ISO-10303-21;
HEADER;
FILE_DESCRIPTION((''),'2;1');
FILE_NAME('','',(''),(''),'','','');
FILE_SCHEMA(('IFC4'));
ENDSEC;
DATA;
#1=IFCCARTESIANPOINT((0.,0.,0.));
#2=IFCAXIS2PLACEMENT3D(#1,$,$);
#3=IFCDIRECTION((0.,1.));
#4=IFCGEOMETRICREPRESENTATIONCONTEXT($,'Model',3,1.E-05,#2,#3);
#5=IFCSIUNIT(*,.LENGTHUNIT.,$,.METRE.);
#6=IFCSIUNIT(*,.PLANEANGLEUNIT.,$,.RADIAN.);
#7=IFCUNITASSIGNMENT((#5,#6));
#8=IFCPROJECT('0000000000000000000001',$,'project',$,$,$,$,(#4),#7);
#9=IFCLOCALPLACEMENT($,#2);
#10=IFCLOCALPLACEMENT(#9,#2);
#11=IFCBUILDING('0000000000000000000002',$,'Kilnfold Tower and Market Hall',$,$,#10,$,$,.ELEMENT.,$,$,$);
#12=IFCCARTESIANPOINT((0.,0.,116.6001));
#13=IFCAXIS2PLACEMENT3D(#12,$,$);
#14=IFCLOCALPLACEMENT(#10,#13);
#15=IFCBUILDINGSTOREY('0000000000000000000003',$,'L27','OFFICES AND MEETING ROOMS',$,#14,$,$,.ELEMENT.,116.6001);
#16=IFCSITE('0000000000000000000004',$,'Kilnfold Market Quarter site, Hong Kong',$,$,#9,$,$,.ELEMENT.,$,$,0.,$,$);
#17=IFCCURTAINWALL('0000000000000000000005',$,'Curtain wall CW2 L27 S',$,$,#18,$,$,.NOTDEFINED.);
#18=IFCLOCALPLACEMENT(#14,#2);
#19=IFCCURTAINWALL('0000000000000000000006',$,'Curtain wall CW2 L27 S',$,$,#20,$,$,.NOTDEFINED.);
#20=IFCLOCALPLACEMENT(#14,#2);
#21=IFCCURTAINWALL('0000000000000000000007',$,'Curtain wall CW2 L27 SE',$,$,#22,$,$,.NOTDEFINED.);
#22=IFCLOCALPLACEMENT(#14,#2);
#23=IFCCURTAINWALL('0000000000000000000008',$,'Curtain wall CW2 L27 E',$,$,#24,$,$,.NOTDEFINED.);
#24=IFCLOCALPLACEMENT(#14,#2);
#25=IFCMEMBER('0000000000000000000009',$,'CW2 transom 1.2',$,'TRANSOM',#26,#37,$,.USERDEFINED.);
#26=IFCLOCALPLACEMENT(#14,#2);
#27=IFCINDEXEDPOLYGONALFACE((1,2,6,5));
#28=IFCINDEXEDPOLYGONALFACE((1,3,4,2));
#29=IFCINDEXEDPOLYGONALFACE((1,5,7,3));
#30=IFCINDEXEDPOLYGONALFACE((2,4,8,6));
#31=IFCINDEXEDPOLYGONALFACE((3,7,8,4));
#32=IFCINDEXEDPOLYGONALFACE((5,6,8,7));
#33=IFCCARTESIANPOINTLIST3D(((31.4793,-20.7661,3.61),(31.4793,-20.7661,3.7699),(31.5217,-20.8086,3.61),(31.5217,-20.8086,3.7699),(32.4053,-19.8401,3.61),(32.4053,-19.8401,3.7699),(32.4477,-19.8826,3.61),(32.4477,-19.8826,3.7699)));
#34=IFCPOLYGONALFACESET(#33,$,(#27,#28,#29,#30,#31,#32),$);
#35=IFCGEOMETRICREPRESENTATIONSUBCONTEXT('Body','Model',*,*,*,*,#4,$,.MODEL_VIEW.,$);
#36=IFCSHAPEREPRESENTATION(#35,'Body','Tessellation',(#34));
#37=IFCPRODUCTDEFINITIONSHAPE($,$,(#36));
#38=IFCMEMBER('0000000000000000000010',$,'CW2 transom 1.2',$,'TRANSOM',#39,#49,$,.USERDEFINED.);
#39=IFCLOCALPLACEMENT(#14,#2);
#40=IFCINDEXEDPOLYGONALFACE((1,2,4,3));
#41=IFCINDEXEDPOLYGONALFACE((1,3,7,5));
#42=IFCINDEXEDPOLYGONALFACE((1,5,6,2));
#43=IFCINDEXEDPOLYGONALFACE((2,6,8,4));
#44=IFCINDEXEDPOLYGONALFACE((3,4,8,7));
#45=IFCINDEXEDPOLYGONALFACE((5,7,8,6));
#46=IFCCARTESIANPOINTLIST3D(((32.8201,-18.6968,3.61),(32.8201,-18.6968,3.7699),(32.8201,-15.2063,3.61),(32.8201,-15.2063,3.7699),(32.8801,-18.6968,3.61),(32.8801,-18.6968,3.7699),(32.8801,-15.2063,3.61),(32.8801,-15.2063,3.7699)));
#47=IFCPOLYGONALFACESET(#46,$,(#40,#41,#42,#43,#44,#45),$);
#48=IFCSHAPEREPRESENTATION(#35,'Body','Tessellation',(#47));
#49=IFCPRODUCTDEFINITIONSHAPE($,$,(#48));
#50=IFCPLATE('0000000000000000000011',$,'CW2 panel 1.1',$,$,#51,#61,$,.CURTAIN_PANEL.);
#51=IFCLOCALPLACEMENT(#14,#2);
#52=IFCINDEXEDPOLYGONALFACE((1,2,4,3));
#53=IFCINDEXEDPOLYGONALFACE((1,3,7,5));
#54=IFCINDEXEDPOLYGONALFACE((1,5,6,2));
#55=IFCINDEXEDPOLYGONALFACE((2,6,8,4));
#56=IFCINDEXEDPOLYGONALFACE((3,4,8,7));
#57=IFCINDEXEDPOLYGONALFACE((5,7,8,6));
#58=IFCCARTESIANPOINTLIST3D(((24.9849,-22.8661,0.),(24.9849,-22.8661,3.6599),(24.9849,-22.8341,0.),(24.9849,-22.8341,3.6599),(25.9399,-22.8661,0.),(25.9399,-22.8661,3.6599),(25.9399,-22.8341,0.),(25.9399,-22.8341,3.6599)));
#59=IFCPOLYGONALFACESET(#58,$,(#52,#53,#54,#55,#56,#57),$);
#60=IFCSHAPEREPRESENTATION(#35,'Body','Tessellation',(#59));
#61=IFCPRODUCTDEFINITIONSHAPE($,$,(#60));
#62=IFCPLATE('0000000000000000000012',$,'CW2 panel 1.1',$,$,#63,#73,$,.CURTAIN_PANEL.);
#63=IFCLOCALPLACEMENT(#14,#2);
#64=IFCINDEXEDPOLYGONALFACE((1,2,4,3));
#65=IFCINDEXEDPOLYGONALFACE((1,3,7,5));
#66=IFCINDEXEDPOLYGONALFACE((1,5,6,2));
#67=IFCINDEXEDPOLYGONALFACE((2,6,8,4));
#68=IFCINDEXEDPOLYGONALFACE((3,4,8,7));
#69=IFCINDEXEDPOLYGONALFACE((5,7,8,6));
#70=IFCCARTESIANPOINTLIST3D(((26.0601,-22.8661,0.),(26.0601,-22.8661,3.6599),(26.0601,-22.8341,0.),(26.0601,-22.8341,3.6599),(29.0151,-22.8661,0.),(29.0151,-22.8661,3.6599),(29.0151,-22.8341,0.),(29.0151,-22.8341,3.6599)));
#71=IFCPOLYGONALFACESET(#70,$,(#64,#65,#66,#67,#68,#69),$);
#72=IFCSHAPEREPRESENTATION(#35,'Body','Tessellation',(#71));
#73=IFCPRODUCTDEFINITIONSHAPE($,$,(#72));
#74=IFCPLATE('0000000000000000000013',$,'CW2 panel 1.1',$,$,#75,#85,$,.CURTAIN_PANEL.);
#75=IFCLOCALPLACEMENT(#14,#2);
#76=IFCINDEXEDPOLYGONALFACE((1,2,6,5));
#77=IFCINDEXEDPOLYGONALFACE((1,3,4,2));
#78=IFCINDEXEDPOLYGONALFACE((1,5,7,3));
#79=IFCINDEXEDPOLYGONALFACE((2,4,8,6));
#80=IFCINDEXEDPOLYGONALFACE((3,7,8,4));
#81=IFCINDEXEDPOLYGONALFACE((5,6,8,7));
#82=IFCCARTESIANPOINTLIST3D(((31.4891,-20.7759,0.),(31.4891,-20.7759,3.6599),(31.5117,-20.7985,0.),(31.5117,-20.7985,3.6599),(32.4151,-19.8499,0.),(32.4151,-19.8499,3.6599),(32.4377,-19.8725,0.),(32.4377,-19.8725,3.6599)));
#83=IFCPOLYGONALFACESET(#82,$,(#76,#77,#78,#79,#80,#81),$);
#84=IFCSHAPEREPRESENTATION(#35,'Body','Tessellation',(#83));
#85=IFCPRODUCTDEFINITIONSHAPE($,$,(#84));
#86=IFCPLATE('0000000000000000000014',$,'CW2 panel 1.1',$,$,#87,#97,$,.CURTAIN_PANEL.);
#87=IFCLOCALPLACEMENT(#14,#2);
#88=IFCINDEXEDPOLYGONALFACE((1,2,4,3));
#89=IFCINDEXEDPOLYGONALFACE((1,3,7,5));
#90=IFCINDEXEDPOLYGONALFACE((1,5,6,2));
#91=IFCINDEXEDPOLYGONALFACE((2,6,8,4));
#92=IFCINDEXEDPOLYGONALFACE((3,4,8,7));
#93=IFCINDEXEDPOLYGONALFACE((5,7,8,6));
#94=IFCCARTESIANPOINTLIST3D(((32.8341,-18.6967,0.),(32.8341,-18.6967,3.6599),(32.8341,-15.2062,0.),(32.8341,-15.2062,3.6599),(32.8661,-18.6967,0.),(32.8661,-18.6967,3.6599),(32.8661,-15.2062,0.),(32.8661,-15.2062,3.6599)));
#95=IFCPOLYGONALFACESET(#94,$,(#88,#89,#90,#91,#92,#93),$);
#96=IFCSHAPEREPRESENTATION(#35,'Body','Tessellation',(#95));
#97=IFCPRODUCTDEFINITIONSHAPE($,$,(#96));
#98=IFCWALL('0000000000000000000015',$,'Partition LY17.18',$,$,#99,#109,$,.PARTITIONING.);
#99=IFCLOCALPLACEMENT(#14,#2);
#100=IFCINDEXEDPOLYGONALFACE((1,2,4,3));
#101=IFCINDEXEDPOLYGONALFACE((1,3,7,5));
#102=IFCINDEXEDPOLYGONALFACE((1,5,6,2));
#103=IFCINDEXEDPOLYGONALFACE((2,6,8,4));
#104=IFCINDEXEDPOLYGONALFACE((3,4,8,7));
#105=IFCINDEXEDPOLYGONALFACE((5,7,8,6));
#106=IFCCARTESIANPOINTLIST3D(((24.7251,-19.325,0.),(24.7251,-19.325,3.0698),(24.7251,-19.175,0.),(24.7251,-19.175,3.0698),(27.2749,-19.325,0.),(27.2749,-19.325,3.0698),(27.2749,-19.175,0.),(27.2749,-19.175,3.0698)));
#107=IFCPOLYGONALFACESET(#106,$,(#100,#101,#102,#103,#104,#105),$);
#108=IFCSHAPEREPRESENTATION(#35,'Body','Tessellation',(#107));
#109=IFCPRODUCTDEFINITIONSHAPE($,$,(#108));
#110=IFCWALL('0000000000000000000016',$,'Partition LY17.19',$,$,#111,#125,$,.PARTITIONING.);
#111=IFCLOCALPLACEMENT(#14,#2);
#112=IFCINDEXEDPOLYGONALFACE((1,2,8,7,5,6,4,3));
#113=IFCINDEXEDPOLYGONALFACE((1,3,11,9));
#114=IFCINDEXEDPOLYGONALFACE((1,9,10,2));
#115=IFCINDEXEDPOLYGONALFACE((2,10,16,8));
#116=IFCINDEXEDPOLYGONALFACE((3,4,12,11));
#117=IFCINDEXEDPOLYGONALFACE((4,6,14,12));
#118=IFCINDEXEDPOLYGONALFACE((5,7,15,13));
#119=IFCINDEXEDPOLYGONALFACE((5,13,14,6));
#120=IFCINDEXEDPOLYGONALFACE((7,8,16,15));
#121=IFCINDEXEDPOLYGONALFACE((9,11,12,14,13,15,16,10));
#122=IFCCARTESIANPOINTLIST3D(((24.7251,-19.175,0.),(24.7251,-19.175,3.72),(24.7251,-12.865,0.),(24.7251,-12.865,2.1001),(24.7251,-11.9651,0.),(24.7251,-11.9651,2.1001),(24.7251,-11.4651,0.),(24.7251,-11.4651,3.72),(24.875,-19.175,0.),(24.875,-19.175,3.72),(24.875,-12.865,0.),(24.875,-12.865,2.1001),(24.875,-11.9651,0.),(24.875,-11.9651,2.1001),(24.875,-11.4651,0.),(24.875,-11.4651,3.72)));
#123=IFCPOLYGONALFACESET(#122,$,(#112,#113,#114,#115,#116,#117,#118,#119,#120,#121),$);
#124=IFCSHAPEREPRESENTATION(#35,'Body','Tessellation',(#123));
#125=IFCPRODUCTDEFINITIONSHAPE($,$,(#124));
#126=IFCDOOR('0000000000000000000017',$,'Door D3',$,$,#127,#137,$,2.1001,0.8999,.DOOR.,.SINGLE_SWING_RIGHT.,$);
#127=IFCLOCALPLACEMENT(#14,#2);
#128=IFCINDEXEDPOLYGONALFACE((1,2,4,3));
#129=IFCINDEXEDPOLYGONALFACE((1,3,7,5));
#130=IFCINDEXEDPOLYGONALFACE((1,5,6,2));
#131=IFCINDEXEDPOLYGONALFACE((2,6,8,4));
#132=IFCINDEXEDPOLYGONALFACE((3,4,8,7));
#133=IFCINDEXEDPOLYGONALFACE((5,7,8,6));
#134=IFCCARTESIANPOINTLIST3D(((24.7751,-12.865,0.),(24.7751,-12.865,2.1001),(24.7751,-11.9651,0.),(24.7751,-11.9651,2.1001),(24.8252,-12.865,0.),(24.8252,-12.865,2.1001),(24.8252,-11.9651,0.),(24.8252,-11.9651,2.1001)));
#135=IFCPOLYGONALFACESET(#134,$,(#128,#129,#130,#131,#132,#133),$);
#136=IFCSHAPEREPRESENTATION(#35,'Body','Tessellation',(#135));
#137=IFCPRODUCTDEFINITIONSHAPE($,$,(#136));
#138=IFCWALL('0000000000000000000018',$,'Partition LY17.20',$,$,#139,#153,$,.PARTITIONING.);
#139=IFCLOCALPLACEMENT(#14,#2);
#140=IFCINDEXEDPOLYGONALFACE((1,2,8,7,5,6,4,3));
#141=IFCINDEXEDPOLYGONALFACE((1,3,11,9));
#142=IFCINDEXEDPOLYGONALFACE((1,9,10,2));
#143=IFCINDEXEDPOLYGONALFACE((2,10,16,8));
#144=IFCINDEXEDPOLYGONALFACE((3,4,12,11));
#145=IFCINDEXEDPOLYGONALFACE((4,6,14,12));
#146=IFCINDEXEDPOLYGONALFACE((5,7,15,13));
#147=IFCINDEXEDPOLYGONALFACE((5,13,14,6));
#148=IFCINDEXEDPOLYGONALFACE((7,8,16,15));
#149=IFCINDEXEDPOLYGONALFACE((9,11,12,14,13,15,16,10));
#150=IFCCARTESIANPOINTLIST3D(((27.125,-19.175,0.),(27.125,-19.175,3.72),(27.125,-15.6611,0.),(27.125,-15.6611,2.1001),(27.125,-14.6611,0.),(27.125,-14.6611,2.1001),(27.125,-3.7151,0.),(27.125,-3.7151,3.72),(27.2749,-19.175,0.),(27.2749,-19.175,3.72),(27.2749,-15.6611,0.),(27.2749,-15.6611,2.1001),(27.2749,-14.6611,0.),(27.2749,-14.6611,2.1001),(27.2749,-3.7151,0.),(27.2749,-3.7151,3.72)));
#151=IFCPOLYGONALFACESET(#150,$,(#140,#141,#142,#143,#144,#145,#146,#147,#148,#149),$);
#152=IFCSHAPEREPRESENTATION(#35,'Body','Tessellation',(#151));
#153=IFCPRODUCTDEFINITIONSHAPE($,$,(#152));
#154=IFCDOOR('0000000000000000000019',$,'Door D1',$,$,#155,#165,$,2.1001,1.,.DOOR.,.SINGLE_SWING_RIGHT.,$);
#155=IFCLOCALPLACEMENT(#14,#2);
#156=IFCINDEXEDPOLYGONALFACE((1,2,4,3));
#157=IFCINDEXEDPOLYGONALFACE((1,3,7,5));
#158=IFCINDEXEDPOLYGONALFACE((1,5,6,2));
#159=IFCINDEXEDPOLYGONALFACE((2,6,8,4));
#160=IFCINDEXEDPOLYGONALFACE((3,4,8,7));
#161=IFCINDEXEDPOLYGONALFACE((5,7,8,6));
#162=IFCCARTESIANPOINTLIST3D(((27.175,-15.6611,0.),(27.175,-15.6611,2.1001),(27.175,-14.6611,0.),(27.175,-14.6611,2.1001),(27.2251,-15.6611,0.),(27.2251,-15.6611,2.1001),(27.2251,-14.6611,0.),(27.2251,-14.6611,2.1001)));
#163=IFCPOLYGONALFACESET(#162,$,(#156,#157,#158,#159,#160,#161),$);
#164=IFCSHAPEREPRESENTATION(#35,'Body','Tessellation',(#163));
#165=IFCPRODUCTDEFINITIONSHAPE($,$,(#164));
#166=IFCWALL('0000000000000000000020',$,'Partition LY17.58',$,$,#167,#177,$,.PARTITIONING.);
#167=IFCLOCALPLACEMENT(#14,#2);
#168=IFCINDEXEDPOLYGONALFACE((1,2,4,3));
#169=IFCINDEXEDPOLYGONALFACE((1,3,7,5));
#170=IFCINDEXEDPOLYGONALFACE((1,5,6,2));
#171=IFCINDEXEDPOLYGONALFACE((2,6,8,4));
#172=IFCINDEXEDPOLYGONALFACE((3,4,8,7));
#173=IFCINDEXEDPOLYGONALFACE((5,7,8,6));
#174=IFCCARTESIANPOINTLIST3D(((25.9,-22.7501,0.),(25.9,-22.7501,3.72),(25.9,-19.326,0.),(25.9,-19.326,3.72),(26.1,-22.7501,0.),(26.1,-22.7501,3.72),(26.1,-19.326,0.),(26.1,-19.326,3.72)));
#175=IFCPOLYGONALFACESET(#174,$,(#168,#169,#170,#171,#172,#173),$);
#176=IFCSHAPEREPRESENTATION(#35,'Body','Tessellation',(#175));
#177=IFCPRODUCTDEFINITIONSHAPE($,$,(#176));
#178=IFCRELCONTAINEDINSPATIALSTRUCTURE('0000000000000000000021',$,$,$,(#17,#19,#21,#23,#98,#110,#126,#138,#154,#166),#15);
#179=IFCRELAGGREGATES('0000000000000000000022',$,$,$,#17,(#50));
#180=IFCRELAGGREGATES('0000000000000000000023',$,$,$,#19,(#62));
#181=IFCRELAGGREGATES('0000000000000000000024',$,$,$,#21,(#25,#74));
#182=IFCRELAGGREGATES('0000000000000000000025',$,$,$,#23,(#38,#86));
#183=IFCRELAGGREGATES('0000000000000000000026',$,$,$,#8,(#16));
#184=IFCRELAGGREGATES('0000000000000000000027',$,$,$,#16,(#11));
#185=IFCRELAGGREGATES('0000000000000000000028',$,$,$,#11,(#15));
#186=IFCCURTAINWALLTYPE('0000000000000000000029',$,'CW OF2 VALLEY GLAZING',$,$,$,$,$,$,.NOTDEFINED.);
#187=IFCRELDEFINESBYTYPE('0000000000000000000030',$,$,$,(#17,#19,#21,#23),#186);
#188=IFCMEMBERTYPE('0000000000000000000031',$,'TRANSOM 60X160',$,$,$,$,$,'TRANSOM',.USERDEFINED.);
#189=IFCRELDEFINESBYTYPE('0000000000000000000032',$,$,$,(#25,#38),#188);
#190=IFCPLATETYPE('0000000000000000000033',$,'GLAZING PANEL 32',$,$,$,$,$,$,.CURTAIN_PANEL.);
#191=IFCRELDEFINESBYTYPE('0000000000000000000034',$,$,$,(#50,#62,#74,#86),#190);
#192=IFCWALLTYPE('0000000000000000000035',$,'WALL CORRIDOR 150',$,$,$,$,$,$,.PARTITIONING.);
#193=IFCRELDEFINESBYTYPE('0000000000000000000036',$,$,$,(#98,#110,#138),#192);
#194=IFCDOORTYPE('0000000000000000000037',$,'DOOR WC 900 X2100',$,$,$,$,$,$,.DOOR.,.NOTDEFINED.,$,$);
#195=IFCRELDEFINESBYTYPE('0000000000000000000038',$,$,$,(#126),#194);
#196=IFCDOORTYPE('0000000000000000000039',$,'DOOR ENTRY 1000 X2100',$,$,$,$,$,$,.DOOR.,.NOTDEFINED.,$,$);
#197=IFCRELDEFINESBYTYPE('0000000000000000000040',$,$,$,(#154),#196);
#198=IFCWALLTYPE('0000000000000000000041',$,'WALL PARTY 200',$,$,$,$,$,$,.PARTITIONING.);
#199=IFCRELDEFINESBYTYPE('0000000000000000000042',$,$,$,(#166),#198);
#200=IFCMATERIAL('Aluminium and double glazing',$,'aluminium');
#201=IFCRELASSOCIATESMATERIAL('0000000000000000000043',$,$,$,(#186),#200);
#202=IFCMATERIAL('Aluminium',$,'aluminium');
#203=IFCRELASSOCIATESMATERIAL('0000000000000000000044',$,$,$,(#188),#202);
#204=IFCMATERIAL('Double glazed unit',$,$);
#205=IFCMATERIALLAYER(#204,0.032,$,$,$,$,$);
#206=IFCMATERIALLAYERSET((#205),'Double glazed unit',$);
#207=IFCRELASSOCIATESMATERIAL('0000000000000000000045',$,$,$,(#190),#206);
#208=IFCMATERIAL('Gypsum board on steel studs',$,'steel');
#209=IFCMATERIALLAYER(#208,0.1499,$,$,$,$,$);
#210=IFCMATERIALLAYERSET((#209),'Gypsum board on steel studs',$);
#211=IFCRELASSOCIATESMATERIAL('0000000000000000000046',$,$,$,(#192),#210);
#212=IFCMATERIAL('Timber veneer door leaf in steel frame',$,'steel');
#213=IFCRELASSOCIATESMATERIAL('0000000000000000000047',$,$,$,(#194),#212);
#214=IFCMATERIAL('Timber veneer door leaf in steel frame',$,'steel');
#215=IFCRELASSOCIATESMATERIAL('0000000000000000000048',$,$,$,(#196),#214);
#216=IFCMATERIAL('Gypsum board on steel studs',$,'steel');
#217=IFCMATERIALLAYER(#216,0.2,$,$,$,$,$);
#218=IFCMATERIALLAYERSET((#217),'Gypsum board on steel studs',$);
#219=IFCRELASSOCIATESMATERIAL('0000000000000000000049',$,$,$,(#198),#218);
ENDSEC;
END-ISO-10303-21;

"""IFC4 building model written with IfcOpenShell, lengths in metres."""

from ifc_helpers import new_model, si_unit, direction, frame, frame_2d, origin, origin_2d, place, context, subcontext, project, spatial, rectangle, extrude, source, transform, mapped, material, layer, layer_set, material_profile, profile_set, type_object, element, fill, aggregate, save


model = new_model("IFC4")

# Units and contexts
model_context = context("Model", 3, precision=1e-05, world=origin(), true_north=direction((0.0, 1.0)))
body_context = subcontext(model_context, "Body", "Model", "MODEL_VIEW")
ifc_project = project(units=[si_unit("LENGTHUNIT", "METRE"), si_unit("PLANEANGLEUNIT", "RADIAN")], contexts=[model_context])

# Site, building, storey
site_placement = place(None, origin())
site = spatial("IfcSite", under=ifc_project, at=site_placement, Name="Kilnfold Market Quarter site, Hong Kong", CompositionType="ELEMENT", RefElevation=0.0)
building_placement = place(site_placement, origin())
building = spatial("IfcBuilding", under=site, at=building_placement, Name="Kilnfold Tower and Market Hall", CompositionType="ELEMENT")
storey_placement = place(building_placement, frame((0.0, 0.0, 116.6001)))
storey = spatial("IfcBuildingStorey", under=building, at=storey_placement, Name="L27", Description="OFFICES AND MEETING ROOMS", CompositionType="ELEMENT", Elevation=116.6001)

# Curtain walls
ifc_material_1 = material(Name="Aluminium and double glazing", Category="aluminium")
curtain_wall_type = type_object("IfcCurtainWallType", Name="CW OF2 VALLEY GLAZING", PredefinedType="NOTDEFINED", material=ifc_material_1)
curtain_wall_1_placement = place(storey_placement, origin())
curtain_wall_1 = element("IfcCurtainWall", 1, at=curtain_wall_1_placement, inside=storey, type_object=curtain_wall_type, Name="Curtain wall CW2 L27 S", PredefinedType="NOTDEFINED")
curtain_wall_2_placement = place(storey_placement, origin())
curtain_wall_2 = element("IfcCurtainWall", 2, at=curtain_wall_2_placement, inside=storey, type_object=curtain_wall_type, Name="Curtain wall CW2 L27 S", PredefinedType="NOTDEFINED")
curtain_wall_3_placement = place(storey_placement, origin())
curtain_wall_3 = element("IfcCurtainWall", 3, at=curtain_wall_3_placement, inside=storey, type_object=curtain_wall_type, Name="Curtain wall CW2 L27 SE", PredefinedType="NOTDEFINED")

# Curtain wall
curtain_wall_4_placement = place(storey_placement, origin())
curtain_wall_4 = element("IfcCurtainWall", 4, at=curtain_wall_4_placement, inside=storey, type_object=curtain_wall_type, Name="Curtain wall CW2 L27 E", PredefinedType="NOTDEFINED")

# Members
ifc_material_2 = material(Name="Aluminium", Category="aluminium")
ifc_material_profile_1 = material_profile(ifc_material_2, rectangle(XDim=0.0601, YDim=0.1599, at=origin_2d()), Name="TRANSOM 60x160")
ifc_profile_set_1 = profile_set([ifc_material_profile_1], Name="Aluminium")
member_type_1 = type_object("IfcMemberType", Name="TRANSOM 60X160", ElementType="TRANSOM", PredefinedType="USERDEFINED", material=ifc_profile_set_1)
shared_shape_1 = source(origin(), body_context, "Body", "SweptSolid", [
    extrude(rectangle(XDim=0.0601, YDim=0.1599, at=origin_2d()), origin(), (0.0, 0.0, 1.0), 1.3096),
])
member_1_placement = place(storey_placement, frame((31.5005, -20.7874, 3.6899), z_axis=(0.707107, 0.707107, 0.0), x_axis=(-0.707107, 0.707107, 0.0)))
member_1 = element("IfcMember", 5, at=member_1_placement, type_object=member_type_1, Name="CW2 transom 1.2", ObjectType="TRANSOM", PredefinedType="USERDEFINED", context=body_context, shape_type="MappedRepresentation", body=[
    mapped(shared_shape_1, transform((0.0, 0.0, 0.0))),
])
shared_shape_2 = source(origin(), body_context, "Body", "SweptSolid", [
    extrude(rectangle(XDim=0.0601, YDim=0.1599, at=origin_2d()), origin(), (0.0, 0.0, 1.0), 3.4905),
])
member_2_placement = place(storey_placement, frame((32.8501, -18.6968, 3.6899), z_axis=(0.0, 1.0, 0.0), x_axis=(-1.0, 0.0, 0.0)))
member_2 = element("IfcMember", 6, at=member_2_placement, type_object=member_type_1, Name="CW2 transom 1.2", ObjectType="TRANSOM", PredefinedType="USERDEFINED", context=body_context, shape_type="MappedRepresentation", body=[
    mapped(shared_shape_2, transform((0.0, 0.0, 0.0))),
])

# Plates
ifc_material_3 = material(Name="Double glazed unit")
ifc_layer_1 = layer(ifc_material_3, 0.032)
ifc_layer_set_1 = layer_set([ifc_layer_1], Name="Double glazed unit")
plate_type = type_object("IfcPlateType", Name="GLAZING PANEL 32", PredefinedType="CURTAIN_PANEL", material=ifc_layer_set_1)
shared_shape_3 = source(origin(), body_context, "Body", "SweptSolid", [
    extrude(rectangle(XDim=0.9551, YDim=0.032, at=origin_2d()), origin(), (0.0, 0.0, 1.0), 3.6599),
])
plate_1_placement = place(storey_placement, frame((25.4624, -22.8501, 0.0), z_axis=(0.0, 0.0, 1.0), x_axis=(1.0, 0.0, 0.0)))
plate_1 = element("IfcPlate", 7, at=plate_1_placement, type_object=plate_type, Name="CW2 panel 1.1", PredefinedType="CURTAIN_PANEL", context=body_context, shape_type="MappedRepresentation", body=[
    mapped(shared_shape_3, transform((0.0, 0.0, 0.0))),
])
aggregate(curtain_wall_1, [plate_1])
shared_shape_4 = source(origin(), body_context, "Body", "SweptSolid", [
    extrude(rectangle(XDim=2.9551, YDim=0.032, at=origin_2d()), origin(), (0.0, 0.0, 1.0), 3.6599),
])
plate_2_placement = place(storey_placement, frame((27.5376, -22.8501, 0.0), z_axis=(0.0, 0.0, 1.0), x_axis=(1.0, 0.0, 0.0)))
plate_2 = element("IfcPlate", 8, at=plate_2_placement, type_object=plate_type, Name="CW2 panel 1.1", PredefinedType="CURTAIN_PANEL", context=body_context, shape_type="MappedRepresentation", body=[
    mapped(shared_shape_4, transform((0.0, 0.0, 0.0))),
])
aggregate(curtain_wall_2, [plate_2])
shared_shape_5 = source(origin(), body_context, "Body", "SweptSolid", [
    extrude(rectangle(XDim=1.3096, YDim=0.032, at=origin_2d()), origin(), (0.0, 0.0, 1.0), 3.6599),
])
plate_3_placement = place(storey_placement, frame((31.9634, -20.3242, 0.0), z_axis=(0.0, 0.0, 1.0), x_axis=(0.707107, 0.707107, 0.0)))
plate_3 = element("IfcPlate", 9, at=plate_3_placement, type_object=plate_type, Name="CW2 panel 1.1", PredefinedType="CURTAIN_PANEL", context=body_context, shape_type="MappedRepresentation", body=[
    mapped(shared_shape_5, transform((0.0, 0.0, 0.0))),
])
aggregate(curtain_wall_3, [member_1, plate_3])
shared_shape_6 = source(origin(), body_context, "Body", "SweptSolid", [
    extrude(rectangle(XDim=3.4905, YDim=0.032, at=origin_2d()), origin(), (0.0, 0.0, 1.0), 3.6599),
])
plate_4_placement = place(storey_placement, frame((32.8501, -16.9514, 0.0), z_axis=(0.0, 0.0, 1.0), x_axis=(0.0, 1.0, 0.0)))
plate_4 = element("IfcPlate", 10, at=plate_4_placement, type_object=plate_type, Name="CW2 panel 1.1", PredefinedType="CURTAIN_PANEL", context=body_context, shape_type="MappedRepresentation", body=[
    mapped(shared_shape_6, transform((0.0, 0.0, 0.0))),
])
aggregate(curtain_wall_4, [member_2, plate_4])

# Wall
ifc_material_4 = material(Name="Gypsum board on steel studs", Category="steel")
ifc_layer_2 = layer(ifc_material_4, 0.1499)
ifc_layer_set_2 = layer_set([ifc_layer_2], Name="Gypsum board on steel studs")
wall_type_1 = type_object("IfcWallType", Name="WALL CORRIDOR 150", PredefinedType="PARTITIONING", material=ifc_layer_set_2)
wall_1_placement = place(storey_placement, frame((24.7251, -19.25, 0.0), z_axis=(0.0, 0.0, 1.0), x_axis=(1.0, 0.0, 0.0)))
element("IfcWall", 11, at=wall_1_placement, inside=storey, type_object=wall_type_1, Name="Partition LY17.18", PredefinedType="PARTITIONING", context=body_context, shape_type="SweptSolid", body=[
    extrude(rectangle(XDim=2.5498, YDim=0.1499, at=frame_2d((1.2749, 0.0))), origin(), (0.0, 0.0, 1.0), 3.0698),
])

# Walls, openings, doors
wall_2_placement = place(storey_placement, frame((24.8, -19.175, 0.0), z_axis=(0.0, 0.0, 1.0), x_axis=(0.0, 1.0, 0.0)))
wall_2 = element("IfcWall", 12, at=wall_2_placement, inside=storey, type_object=wall_type_1, Name="Partition LY17.19", PredefinedType="PARTITIONING", context=body_context, shape_type="SweptSolid", body=[
    extrude(rectangle(XDim=7.71, YDim=0.1499, at=frame_2d((3.855, 0.0))), origin(), (0.0, 0.0, 1.0), 3.72),
])
opening_1_placement = place(wall_2_placement, frame((6.3101, 0.0, 0.0)))
opening_1 = element("IfcOpeningElement", 13, at=opening_1_placement, cuts=wall_2, PredefinedType="OPENING", context=body_context, shape_type="SweptSolid", body=[
    extrude(rectangle(XDim=0.8999, YDim=2.1001, at=frame_2d((0.45, 1.05))), frame((0.0, 0.085, 0.0), z_axis=(0.0, -1.0, 0.0), x_axis=(1.0, 0.0, 0.0)), (0.0, 0.0, 1.0), 0.1699),
])
ifc_material_5 = material(Name="Timber veneer door leaf in steel frame", Category="steel")
door_type_1 = type_object("IfcDoorType", Name="DOOR WC 900 X2100", OperationType="NOTDEFINED", PredefinedType="DOOR", material=ifc_material_5)
door_1_placement = place(opening_1_placement, origin())
door_1 = element("IfcDoor", 14, at=door_1_placement, inside=storey, type_object=door_type_1, Name="Door D3", OperationType="SINGLE_SWING_RIGHT", OverallHeight=2.1001, OverallWidth=0.8999, PredefinedType="DOOR", context=body_context, shape_type="SweptSolid", body=[
    extrude(rectangle(XDim=0.8999, YDim=2.1001, at=frame_2d((0.45, 1.05))), frame((0.0, 0.0249, 0.0), z_axis=(0.0, -1.0, 0.0), x_axis=(1.0, 0.0, 0.0)), (0.0, 0.0, 1.0), 0.05),
])
fill(opening_1, door_1)
wall_3_placement = place(storey_placement, frame((27.2, -19.175, 0.0), z_axis=(0.0, 0.0, 1.0), x_axis=(0.0, 1.0, 0.0)))
wall_3 = element("IfcWall", 15, at=wall_3_placement, inside=storey, type_object=wall_type_1, Name="Partition LY17.20", PredefinedType="PARTITIONING", context=body_context, shape_type="SweptSolid", body=[
    extrude(rectangle(XDim=15.46, YDim=0.1499, at=frame_2d((7.73, 0.0))), origin(), (0.0, 0.0, 1.0), 3.72),
])
opening_2_placement = place(wall_3_placement, frame((3.5139, 0.0, 0.0)))
opening_2 = element("IfcOpeningElement", 16, at=opening_2_placement, cuts=wall_3, PredefinedType="OPENING", context=body_context, shape_type="SweptSolid", body=[
    extrude(rectangle(XDim=1.0, YDim=2.1001, at=frame_2d((0.5, 1.05))), frame((0.0, 0.085, 0.0), z_axis=(0.0, -1.0, 0.0), x_axis=(1.0, 0.0, 0.0)), (0.0, 0.0, 1.0), 0.1699),
])
ifc_material_6 = material(Name="Timber veneer door leaf in steel frame", Category="steel")
door_type_2 = type_object("IfcDoorType", Name="DOOR ENTRY 1000 X2100", OperationType="NOTDEFINED", PredefinedType="DOOR", material=ifc_material_6)
door_2_placement = place(opening_2_placement, origin())
door_2 = element("IfcDoor", 17, at=door_2_placement, inside=storey, type_object=door_type_2, Name="Door D1", OperationType="SINGLE_SWING_RIGHT", OverallHeight=2.1001, OverallWidth=1.0, PredefinedType="DOOR", context=body_context, shape_type="SweptSolid", body=[
    extrude(rectangle(XDim=1.0, YDim=2.1001, at=frame_2d((0.5, 1.05))), frame((0.0, 0.0249, 0.0), z_axis=(0.0, -1.0, 0.0), x_axis=(1.0, 0.0, 0.0)), (0.0, 0.0, 1.0), 0.05),
])
fill(opening_2, door_2)

# Wall
ifc_material_7 = material(Name="Gypsum board on steel studs", Category="steel")
ifc_layer_3 = layer(ifc_material_7, 0.2)
ifc_layer_set_3 = layer_set([ifc_layer_3], Name="Gypsum board on steel studs")
wall_type_2 = type_object("IfcWallType", Name="WALL PARTY 200", PredefinedType="PARTITIONING", material=ifc_layer_set_3)
wall_4_placement = place(storey_placement, frame((26.0, -22.75, 0.0), z_axis=(0.0, 0.0, 1.0), x_axis=(0.0, 1.0, 0.0)))
element("IfcWall", 18, at=wall_4_placement, inside=storey, type_object=wall_type_2, Name="Partition LY17.58", PredefinedType="PARTITIONING", context=body_context, shape_type="SweptSolid", body=[
    extrude(rectangle(XDim=3.4241, YDim=0.2, at=frame_2d((1.7119, 0.0))), origin(), (0.0, 0.0, 1.0), 3.72),
])

save(model, "model.ifc")
